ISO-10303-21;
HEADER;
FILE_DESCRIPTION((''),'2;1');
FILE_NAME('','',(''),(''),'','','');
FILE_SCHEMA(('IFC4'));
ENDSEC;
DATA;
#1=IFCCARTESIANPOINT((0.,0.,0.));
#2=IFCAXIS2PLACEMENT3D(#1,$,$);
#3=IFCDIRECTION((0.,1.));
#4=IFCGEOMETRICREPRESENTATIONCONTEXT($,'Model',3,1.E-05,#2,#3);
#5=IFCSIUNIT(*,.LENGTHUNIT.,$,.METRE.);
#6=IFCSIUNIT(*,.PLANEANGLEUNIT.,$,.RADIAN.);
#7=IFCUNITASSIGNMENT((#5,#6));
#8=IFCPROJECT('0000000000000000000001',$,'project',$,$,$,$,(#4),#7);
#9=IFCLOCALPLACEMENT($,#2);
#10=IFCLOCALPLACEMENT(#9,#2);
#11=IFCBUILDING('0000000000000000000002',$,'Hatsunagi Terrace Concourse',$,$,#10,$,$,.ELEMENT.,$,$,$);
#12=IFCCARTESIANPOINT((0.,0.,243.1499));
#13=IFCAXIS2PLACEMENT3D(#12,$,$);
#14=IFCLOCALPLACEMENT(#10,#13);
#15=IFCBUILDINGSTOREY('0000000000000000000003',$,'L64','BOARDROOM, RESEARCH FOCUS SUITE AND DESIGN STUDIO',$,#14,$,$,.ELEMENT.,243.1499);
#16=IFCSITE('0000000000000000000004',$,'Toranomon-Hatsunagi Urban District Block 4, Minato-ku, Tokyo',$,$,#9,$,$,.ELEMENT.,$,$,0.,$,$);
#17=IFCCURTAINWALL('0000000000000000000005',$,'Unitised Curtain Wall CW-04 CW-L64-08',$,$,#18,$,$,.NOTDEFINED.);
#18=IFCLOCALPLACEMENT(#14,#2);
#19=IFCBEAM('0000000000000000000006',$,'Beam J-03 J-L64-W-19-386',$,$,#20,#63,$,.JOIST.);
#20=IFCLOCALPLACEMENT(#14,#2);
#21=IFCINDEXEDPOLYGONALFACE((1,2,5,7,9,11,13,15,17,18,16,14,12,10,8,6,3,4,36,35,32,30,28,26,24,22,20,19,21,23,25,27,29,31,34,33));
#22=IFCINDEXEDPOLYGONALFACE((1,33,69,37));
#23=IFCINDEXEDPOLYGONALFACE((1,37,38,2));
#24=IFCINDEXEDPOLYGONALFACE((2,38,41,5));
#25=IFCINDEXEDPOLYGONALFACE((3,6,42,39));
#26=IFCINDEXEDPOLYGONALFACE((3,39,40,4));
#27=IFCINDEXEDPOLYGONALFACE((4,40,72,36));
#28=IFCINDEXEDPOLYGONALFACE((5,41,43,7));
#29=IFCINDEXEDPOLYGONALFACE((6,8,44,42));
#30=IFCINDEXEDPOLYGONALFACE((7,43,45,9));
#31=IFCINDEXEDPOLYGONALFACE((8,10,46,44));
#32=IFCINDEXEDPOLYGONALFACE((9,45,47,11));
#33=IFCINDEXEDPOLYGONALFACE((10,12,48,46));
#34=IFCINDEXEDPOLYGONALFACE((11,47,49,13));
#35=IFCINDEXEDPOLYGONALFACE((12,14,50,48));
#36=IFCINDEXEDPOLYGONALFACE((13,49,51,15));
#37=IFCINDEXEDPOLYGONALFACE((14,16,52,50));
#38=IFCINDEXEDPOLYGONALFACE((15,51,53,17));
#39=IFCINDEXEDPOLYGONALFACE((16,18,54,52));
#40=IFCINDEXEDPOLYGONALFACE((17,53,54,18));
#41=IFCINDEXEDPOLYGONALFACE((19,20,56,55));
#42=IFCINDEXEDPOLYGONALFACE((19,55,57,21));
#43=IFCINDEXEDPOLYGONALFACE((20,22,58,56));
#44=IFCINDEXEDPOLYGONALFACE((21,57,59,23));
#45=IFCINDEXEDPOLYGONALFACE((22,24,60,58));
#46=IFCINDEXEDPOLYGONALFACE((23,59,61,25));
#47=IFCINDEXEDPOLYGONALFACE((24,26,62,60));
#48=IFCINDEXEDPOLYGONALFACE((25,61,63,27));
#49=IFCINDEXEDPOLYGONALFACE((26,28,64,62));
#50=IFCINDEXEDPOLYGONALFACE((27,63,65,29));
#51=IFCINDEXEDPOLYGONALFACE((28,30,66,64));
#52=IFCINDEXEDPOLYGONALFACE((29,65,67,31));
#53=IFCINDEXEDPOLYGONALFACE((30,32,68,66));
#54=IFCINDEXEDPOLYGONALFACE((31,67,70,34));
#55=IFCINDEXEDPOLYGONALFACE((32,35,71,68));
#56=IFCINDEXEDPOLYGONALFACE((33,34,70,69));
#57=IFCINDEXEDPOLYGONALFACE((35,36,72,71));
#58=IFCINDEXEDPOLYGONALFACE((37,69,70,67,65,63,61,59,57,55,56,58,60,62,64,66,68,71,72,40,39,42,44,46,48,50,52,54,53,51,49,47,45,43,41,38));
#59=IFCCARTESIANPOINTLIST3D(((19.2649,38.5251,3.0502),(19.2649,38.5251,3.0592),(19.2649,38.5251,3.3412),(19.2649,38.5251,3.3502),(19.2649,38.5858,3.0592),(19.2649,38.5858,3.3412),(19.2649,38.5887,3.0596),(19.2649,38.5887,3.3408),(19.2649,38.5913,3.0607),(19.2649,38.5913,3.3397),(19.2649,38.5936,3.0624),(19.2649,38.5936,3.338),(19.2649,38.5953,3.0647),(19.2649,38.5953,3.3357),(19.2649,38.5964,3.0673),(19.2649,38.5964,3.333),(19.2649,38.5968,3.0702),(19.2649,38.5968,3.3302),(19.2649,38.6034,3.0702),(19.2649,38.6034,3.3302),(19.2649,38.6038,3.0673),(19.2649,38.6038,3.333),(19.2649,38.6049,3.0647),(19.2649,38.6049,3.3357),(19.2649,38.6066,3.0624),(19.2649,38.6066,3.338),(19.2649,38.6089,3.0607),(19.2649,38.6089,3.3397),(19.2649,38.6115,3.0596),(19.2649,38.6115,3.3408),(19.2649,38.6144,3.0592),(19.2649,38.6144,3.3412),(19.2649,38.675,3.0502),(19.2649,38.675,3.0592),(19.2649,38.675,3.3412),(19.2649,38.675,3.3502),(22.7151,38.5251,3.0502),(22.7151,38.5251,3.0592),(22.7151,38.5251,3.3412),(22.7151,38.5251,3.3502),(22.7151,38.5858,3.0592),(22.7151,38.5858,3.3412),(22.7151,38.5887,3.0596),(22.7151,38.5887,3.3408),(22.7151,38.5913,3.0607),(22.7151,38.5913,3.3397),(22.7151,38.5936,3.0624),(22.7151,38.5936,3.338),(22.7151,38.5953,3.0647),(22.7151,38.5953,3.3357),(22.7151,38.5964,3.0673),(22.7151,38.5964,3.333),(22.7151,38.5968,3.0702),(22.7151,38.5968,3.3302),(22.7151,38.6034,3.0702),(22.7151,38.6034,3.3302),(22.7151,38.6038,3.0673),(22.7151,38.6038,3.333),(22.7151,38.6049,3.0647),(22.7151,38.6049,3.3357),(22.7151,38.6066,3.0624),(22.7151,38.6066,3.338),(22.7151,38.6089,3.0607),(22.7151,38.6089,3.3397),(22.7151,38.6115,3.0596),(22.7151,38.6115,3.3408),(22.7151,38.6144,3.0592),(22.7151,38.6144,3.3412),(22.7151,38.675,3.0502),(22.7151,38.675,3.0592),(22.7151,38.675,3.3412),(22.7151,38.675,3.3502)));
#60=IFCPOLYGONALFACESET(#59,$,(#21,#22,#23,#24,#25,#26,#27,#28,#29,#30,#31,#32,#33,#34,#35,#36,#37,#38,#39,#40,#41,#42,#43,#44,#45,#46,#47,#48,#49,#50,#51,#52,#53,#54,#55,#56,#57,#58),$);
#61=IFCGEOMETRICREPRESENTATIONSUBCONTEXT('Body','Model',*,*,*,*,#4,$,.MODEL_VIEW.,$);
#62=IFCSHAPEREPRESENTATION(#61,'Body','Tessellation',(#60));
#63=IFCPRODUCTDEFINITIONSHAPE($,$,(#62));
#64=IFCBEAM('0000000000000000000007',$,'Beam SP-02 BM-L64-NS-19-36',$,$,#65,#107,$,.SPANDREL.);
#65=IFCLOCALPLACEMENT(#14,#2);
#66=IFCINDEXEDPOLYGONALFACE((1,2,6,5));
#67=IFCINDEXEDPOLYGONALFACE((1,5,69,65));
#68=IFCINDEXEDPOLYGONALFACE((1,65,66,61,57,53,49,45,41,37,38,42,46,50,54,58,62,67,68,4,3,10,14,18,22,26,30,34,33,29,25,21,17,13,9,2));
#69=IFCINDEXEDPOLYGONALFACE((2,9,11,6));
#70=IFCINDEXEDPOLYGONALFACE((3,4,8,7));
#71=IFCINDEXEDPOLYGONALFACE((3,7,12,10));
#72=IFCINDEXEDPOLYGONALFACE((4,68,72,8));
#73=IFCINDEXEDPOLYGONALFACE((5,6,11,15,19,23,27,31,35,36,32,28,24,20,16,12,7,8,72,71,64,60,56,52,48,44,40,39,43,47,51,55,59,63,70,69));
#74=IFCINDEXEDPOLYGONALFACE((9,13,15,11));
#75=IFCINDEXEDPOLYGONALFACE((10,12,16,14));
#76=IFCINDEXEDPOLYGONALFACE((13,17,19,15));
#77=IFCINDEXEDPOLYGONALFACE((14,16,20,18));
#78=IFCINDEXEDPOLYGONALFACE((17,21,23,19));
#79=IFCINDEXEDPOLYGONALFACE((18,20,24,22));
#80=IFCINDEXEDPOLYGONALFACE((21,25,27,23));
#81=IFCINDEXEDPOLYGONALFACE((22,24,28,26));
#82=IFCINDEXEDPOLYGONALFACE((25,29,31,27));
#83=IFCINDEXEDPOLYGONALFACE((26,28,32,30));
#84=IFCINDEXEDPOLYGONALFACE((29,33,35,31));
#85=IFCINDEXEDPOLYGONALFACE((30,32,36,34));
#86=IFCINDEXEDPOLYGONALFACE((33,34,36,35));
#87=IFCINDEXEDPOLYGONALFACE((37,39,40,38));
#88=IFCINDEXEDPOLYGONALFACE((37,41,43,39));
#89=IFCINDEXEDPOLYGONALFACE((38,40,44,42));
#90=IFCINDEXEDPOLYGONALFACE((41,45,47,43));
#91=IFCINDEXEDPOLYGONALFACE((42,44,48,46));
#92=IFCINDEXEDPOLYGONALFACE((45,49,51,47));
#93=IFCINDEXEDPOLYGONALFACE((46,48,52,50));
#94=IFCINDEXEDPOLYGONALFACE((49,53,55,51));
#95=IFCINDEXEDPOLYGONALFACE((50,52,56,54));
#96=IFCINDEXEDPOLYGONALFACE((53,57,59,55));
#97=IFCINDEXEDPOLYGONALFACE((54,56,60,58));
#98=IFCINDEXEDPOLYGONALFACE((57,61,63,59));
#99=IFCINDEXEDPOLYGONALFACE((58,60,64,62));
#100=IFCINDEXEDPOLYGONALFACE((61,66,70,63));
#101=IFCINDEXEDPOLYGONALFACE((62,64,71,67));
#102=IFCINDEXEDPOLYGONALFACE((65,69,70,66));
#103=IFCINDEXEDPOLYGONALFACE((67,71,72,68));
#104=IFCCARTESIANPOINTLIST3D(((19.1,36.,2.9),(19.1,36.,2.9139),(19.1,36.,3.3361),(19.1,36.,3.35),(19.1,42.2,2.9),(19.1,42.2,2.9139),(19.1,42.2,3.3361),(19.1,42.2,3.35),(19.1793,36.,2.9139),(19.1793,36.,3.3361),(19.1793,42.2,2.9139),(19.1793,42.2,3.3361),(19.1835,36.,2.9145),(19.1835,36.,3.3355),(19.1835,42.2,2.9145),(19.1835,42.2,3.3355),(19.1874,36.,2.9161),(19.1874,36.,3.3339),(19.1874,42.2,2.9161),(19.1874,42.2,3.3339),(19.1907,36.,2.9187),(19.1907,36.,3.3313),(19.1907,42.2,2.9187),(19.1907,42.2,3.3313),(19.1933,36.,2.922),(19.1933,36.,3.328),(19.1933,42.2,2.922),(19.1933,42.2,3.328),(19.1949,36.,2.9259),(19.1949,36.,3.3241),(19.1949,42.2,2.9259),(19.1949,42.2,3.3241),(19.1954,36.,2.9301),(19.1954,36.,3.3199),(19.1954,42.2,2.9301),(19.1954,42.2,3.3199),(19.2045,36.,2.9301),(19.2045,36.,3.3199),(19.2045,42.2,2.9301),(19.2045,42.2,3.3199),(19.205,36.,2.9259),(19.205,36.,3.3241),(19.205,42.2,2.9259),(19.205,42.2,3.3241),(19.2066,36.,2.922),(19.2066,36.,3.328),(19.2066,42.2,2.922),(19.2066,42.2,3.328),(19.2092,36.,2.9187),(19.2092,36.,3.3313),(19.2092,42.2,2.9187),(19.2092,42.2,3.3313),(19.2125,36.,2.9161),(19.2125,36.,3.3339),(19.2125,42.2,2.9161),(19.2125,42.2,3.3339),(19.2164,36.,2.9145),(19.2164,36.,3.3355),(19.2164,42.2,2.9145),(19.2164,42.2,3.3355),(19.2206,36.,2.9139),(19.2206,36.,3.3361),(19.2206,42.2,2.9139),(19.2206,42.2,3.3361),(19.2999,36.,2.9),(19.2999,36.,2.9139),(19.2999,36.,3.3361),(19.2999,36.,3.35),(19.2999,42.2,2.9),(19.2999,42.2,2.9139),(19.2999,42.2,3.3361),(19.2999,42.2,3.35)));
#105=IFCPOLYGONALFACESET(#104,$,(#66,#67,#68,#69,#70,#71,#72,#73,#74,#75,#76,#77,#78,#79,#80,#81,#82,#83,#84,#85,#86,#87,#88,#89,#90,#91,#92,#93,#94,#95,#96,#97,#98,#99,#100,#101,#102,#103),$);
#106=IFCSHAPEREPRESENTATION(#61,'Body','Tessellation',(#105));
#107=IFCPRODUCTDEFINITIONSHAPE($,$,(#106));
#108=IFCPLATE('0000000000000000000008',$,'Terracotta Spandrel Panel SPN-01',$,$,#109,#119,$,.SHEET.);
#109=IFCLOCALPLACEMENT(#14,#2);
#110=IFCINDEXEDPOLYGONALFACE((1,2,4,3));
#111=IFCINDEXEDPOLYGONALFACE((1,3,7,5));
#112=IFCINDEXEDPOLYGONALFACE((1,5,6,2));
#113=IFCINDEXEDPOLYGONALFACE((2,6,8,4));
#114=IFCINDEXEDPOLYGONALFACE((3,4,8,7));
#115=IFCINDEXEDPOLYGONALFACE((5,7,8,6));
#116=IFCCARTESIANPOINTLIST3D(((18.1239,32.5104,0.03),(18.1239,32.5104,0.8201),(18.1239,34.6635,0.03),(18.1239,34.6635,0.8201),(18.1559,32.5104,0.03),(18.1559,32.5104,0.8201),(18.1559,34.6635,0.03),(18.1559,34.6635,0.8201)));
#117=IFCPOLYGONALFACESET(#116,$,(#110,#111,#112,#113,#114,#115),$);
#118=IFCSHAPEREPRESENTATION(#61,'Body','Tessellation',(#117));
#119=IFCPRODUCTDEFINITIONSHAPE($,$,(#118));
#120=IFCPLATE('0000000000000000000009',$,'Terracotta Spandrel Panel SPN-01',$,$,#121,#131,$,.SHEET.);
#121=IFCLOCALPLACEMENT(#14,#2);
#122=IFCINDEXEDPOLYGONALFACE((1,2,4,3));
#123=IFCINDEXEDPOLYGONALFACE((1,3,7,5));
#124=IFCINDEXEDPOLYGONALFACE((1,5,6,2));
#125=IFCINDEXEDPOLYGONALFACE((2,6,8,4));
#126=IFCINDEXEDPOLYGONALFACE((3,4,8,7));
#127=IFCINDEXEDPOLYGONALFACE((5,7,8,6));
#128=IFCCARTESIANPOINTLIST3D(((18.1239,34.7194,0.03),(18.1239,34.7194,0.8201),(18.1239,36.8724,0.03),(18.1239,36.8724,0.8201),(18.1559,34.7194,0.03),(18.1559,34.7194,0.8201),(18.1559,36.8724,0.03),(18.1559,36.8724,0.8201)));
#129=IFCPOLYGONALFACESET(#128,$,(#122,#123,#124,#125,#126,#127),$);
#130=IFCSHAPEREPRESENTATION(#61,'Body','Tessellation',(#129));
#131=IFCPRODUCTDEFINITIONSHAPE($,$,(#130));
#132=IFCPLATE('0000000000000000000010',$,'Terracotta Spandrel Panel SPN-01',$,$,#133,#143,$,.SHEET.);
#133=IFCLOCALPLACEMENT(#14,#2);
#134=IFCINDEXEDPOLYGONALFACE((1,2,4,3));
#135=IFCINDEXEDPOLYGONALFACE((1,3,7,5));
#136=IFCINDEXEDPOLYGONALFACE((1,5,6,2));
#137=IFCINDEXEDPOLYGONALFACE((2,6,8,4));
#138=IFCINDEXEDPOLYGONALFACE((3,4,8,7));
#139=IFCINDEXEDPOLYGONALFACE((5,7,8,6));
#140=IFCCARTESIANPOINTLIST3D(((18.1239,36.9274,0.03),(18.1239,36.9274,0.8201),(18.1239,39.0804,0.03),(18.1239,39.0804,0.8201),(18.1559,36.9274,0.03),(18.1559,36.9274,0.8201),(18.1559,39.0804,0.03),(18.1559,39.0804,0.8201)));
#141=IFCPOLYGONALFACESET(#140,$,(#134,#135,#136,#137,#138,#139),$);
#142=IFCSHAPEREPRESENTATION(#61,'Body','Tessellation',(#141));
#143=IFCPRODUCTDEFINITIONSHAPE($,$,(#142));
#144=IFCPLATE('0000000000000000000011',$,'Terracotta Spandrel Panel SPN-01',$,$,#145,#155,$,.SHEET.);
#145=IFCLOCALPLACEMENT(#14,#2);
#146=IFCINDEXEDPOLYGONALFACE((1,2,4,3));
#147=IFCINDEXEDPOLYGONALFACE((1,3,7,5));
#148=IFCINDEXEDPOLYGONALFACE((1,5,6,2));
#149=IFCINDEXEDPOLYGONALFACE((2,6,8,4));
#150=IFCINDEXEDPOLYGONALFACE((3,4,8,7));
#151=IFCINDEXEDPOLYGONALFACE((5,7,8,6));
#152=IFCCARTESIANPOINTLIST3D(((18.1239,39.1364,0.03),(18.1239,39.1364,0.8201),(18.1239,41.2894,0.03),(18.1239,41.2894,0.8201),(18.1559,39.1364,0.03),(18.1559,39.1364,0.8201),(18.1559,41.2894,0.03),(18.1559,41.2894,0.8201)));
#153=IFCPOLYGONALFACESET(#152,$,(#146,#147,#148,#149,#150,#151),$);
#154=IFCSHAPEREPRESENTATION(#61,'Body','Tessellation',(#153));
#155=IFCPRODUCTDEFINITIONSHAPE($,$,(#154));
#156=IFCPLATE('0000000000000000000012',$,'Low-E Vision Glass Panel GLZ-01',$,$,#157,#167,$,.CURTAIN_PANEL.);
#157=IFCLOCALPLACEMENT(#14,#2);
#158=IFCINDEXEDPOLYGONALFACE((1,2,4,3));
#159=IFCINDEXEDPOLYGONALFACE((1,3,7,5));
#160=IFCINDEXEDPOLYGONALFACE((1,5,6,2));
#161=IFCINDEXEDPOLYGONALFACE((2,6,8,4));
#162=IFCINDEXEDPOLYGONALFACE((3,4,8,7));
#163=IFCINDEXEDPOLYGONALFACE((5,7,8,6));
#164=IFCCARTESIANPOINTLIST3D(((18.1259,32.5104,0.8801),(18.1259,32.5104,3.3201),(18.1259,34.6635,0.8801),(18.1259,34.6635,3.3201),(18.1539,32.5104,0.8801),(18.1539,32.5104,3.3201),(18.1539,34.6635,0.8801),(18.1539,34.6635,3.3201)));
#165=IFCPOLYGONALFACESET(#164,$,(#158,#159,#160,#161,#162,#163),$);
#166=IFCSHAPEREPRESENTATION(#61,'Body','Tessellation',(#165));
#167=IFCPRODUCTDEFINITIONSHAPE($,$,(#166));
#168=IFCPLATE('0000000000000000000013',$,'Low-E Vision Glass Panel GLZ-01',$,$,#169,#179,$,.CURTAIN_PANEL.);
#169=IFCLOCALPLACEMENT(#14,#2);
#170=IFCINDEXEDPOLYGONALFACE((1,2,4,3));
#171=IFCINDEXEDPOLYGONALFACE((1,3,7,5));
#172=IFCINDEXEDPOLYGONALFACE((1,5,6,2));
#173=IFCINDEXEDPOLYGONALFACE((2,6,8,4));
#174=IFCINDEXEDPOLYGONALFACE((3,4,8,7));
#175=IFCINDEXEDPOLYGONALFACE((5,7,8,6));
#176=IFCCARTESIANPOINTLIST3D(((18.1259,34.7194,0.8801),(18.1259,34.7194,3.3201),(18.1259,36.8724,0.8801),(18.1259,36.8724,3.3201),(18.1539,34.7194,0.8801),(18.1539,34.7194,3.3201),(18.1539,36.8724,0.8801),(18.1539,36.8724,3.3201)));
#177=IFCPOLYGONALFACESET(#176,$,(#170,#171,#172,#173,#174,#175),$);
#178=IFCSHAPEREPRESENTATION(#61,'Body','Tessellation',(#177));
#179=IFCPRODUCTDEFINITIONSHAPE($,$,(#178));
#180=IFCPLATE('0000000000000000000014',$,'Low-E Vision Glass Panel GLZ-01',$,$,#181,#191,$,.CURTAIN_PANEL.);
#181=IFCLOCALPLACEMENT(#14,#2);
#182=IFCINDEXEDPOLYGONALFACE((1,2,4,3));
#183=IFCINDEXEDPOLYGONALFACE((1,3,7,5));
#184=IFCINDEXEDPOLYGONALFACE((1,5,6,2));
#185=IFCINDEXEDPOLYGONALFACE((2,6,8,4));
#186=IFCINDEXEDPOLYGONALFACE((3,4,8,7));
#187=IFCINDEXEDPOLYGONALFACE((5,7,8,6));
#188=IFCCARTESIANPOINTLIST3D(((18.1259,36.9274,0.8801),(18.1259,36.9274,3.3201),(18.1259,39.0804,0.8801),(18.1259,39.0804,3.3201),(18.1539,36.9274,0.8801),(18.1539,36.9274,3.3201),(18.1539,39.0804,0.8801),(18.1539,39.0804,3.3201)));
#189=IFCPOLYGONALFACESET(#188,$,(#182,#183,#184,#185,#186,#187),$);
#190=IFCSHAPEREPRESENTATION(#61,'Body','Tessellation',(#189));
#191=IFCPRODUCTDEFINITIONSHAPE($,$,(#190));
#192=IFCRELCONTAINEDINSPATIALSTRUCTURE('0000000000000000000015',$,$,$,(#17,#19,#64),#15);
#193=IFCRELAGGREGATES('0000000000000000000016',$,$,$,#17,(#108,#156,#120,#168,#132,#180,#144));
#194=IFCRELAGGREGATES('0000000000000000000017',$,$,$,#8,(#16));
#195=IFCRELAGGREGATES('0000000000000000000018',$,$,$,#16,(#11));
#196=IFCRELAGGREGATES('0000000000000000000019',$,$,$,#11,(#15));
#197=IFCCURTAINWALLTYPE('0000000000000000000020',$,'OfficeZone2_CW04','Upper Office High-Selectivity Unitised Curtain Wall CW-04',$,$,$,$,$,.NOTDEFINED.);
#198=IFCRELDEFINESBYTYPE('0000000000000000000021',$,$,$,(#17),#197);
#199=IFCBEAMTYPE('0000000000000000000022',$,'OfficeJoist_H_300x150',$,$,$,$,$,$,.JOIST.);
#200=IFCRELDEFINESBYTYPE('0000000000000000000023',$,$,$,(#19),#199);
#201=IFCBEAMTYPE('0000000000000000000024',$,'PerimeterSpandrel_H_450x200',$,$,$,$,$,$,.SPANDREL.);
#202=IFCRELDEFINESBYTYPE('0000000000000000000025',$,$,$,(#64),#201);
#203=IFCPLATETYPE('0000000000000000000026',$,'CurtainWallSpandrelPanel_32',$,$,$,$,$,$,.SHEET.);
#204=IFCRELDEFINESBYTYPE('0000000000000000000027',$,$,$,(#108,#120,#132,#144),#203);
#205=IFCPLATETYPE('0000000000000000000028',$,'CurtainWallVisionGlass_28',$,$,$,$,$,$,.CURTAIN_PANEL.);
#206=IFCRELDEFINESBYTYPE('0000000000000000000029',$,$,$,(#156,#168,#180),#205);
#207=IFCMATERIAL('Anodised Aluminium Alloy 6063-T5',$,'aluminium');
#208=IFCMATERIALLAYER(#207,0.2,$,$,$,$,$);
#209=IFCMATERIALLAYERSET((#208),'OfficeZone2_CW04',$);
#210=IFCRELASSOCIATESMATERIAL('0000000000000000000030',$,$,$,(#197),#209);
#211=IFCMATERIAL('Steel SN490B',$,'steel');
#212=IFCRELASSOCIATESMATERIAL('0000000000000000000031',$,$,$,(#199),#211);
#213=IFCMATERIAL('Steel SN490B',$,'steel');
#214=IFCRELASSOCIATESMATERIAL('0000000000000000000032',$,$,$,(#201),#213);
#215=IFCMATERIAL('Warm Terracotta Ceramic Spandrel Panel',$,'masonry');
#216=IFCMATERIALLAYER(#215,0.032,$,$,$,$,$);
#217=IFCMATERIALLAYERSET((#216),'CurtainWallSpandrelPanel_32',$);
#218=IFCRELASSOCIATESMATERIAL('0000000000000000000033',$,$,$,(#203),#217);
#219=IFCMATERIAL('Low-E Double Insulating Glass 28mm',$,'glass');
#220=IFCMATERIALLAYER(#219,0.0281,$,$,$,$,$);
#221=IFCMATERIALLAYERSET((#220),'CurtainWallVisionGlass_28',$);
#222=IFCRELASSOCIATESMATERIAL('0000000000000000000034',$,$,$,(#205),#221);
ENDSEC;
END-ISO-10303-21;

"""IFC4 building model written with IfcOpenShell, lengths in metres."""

from ifc_helpers import new_model, si_unit, direction, frame, origin, origin_2d, place, context, subcontext, project, spatial, rectangle, i_section, extrude, material, layer, layer_set, material_profile, profile_set, type_object, element, aggregate, save


model = new_model("IFC4")

# Units and contexts
model_context = context("Model", 3, precision=1e-05, world=origin(), true_north=direction((0.0, 1.0)))
body_context = subcontext(model_context, "Body", "Model", "MODEL_VIEW")
ifc_project = project(units=[si_unit("LENGTHUNIT", "METRE"), si_unit("PLANEANGLEUNIT", "RADIAN")], contexts=[model_context])

# Site, building, storey
site_placement = place(None, origin())
site = spatial("IfcSite", under=ifc_project, at=site_placement, Name="Toranomon-Hatsunagi Urban District Block 4, Minato-ku, Tokyo", CompositionType="ELEMENT", RefElevation=0.0)
building_placement = place(site_placement, origin())
building = spatial("IfcBuilding", under=site, at=building_placement, Name="Hatsunagi Terrace Concourse", CompositionType="ELEMENT")
storey_placement = place(building_placement, frame((0.0, 0.0, 243.1499)))
storey = spatial("IfcBuildingStorey", under=building, at=storey_placement, Name="L64", Description="BOARDROOM, RESEARCH FOCUS SUITE AND DESIGN STUDIO", CompositionType="ELEMENT", Elevation=243.1499)

# Curtain wall
ifc_material_1 = material(Name="Anodised Aluminium Alloy 6063-T5", Category="aluminium")
ifc_layer_1 = layer(ifc_material_1, 0.2)
ifc_layer_set_1 = layer_set([ifc_layer_1], Name="OfficeZone2_CW04")
curtain_wall_type = type_object("IfcCurtainWallType", Name="OfficeZone2_CW04", Description="Upper Office High-Selectivity Unitised Curtain Wall CW-04", PredefinedType="NOTDEFINED", material=ifc_layer_set_1)
curtain_wall_placement = place(storey_placement, origin())
curtain_wall = element("IfcCurtainWall", 1, at=curtain_wall_placement, inside=storey, type_object=curtain_wall_type, Name="Unitised Curtain Wall CW-04 CW-L64-08", PredefinedType="NOTDEFINED")

# Beams
ifc_material_2 = material(Name="Steel SN490B", Category="steel")
ifc_material_profile_1 = material_profile(ifc_material_2, i_section(OverallWidth=0.1499, OverallDepth=0.3, WebThickness=0.0066, FlangeThickness=0.009, FilletRadius=0.011, at=origin_2d()), Name="H-300x150x6.5x9")
ifc_profile_set_1 = profile_set([ifc_material_profile_1], Name="Steel SN490B")
beam_type_1 = type_object("IfcBeamType", Name="OfficeJoist_H_300x150", PredefinedType="JOIST", material=ifc_profile_set_1)
for number, where, z_axis, x_axis, name in (
    (2, (19.2649, 38.6001, 3.2002), (1.0, 0.0, 0.0), (0.0, 1.0, 0.0), "Beam J-03 J-L64-W-19-386"),
):
    element("IfcBeam", number, at=place(storey_placement, frame(where, z_axis=z_axis, x_axis=x_axis)), inside=storey, type_object=beam_type_1, Name=name, PredefinedType="JOIST", context=body_context, shape_type="SweptSolid", body=[
        extrude(i_section(OverallWidth=0.1499, OverallDepth=0.3, WebThickness=0.0066, FlangeThickness=0.009, FilletRadius=0.011, at=origin_2d()), origin(), (0.0, 0.0, 1.0), 3.4502),
    ])
ifc_material_3 = material(Name="Steel SN490B", Category="steel")
ifc_material_profile_2 = material_profile(ifc_material_3, i_section(OverallWidth=0.2, OverallDepth=0.45, WebThickness=0.009, FlangeThickness=0.0139, FilletRadius=0.0161, at=origin_2d()), Name="H-450x200x9x14")
ifc_profile_set_2 = profile_set([ifc_material_profile_2], Name="Steel SN490B")
beam_type_2 = type_object("IfcBeamType", Name="PerimeterSpandrel_H_450x200", PredefinedType="SPANDREL", material=ifc_profile_set_2)
beam_1_placement = place(storey_placement, frame((19.2, 36.0, 3.125), z_axis=(0.0, 1.0, 0.0), x_axis=(-1.0, 0.0, 0.0)))
element("IfcBeam", 3, at=beam_1_placement, inside=storey, type_object=beam_type_2, Name="Beam SP-02 BM-L64-NS-19-36", PredefinedType="SPANDREL", context=body_context, shape_type="SweptSolid", body=[
    extrude(i_section(OverallWidth=0.2, OverallDepth=0.45, WebThickness=0.009, FlangeThickness=0.0139, FilletRadius=0.0161, at=origin_2d()), origin(), (0.0, 0.0, 1.0), 6.2),
])

# Plates
ifc_material_4 = material(Name="Warm Terracotta Ceramic Spandrel Panel", Category="masonry")
ifc_layer_2 = layer(ifc_material_4, 0.032)
ifc_layer_set_2 = layer_set([ifc_layer_2], Name="CurtainWallSpandrelPanel_32")
plate_type_1 = type_object("IfcPlateType", Name="CurtainWallSpandrelPanel_32", PredefinedType="SHEET", material=ifc_layer_set_2)
plate_1_placement = place(storey_placement, frame((18.1399, 33.5869, 0.03), z_axis=(0.0, 0.0, 1.0), x_axis=(0.0, 1.0, 0.0)))
plate_1 = element("IfcPlate", 4, at=plate_1_placement, type_object=plate_type_1, Name="Terracotta Spandrel Panel SPN-01", PredefinedType="SHEET", context=body_context, shape_type="SweptSolid", body=[
    extrude(rectangle(XDim=2.1531, YDim=0.032, at=origin_2d()), origin(), (0.0, 0.0, 1.0), 0.79),
])
plate_2_placement = place(storey_placement, frame((18.1399, 35.7959, 0.03), z_axis=(0.0, 0.0, 1.0), x_axis=(0.0, 1.0, 0.0)))
plate_2 = element("IfcPlate", 5, at=plate_2_placement, type_object=plate_type_1, Name="Terracotta Spandrel Panel SPN-01", PredefinedType="SHEET", context=body_context, shape_type="SweptSolid", body=[
    extrude(rectangle(XDim=2.1531, YDim=0.032, at=origin_2d()), origin(), (0.0, 0.0, 1.0), 0.79),
])
plate_3_placement = place(storey_placement, frame((18.1399, 38.0039, 0.03), z_axis=(0.0, 0.0, 1.0), x_axis=(0.0, 1.0, 0.0)))
plate_3 = element("IfcPlate", 6, at=plate_3_placement, type_object=plate_type_1, Name="Terracotta Spandrel Panel SPN-01", PredefinedType="SHEET", context=body_context, shape_type="SweptSolid", body=[
    extrude(rectangle(XDim=2.1531, YDim=0.032, at=origin_2d()), origin(), (0.0, 0.0, 1.0), 0.79),
])
plate_4_placement = place(storey_placement, frame((18.1399, 40.2129, 0.03), z_axis=(0.0, 0.0, 1.0), x_axis=(0.0, 1.0, 0.0)))
plate_4 = element("IfcPlate", 7, at=plate_4_placement, type_object=plate_type_1, Name="Terracotta Spandrel Panel SPN-01", PredefinedType="SHEET", context=body_context, shape_type="SweptSolid", body=[
    extrude(rectangle(XDim=2.1531, YDim=0.032, at=origin_2d()), origin(), (0.0, 0.0, 1.0), 0.79),
])
ifc_material_5 = material(Name="Low-E Double Insulating Glass 28mm", Category="glass")
ifc_layer_3 = layer(ifc_material_5, 0.0281)
ifc_layer_set_3 = layer_set([ifc_layer_3], Name="CurtainWallVisionGlass_28")
plate_type_2 = type_object("IfcPlateType", Name="CurtainWallVisionGlass_28", PredefinedType="CURTAIN_PANEL", material=ifc_layer_set_3)
plate_5_placement = place(storey_placement, frame((18.1399, 33.5869, 0.8801), z_axis=(0.0, 0.0, 1.0), x_axis=(0.0, 1.0, 0.0)))
plate_5 = element("IfcPlate", 8, at=plate_5_placement, type_object=plate_type_2, Name="Low-E Vision Glass Panel GLZ-01", PredefinedType="CURTAIN_PANEL", context=body_context, shape_type="SweptSolid", body=[
    extrude(rectangle(XDim=2.1531, YDim=0.0281, at=origin_2d()), origin(), (0.0, 0.0, 1.0), 2.4399),
])
plate_6_placement = place(storey_placement, frame((18.1399, 35.7959, 0.8801), z_axis=(0.0, 0.0, 1.0), x_axis=(0.0, 1.0, 0.0)))
plate_6 = element("IfcPlate", 9, at=plate_6_placement, type_object=plate_type_2, Name="Low-E Vision Glass Panel GLZ-01", PredefinedType="CURTAIN_PANEL", context=body_context, shape_type="SweptSolid", body=[
    extrude(rectangle(XDim=2.1531, YDim=0.0281, at=origin_2d()), origin(), (0.0, 0.0, 1.0), 2.4399),
])
plate_7_placement = place(storey_placement, frame((18.1399, 38.0039, 0.8801), z_axis=(0.0, 0.0, 1.0), x_axis=(0.0, 1.0, 0.0)))
plate_7 = element("IfcPlate", 10, at=plate_7_placement, type_object=plate_type_2, Name="Low-E Vision Glass Panel GLZ-01", PredefinedType="CURTAIN_PANEL", context=body_context, shape_type="SweptSolid", body=[
    extrude(rectangle(XDim=2.1531, YDim=0.0281, at=origin_2d()), origin(), (0.0, 0.0, 1.0), 2.4399),
])
aggregate(curtain_wall, [plate_1, plate_5, plate_2, plate_6, plate_3, plate_7, plate_4])

save(model, "model.ifc")
